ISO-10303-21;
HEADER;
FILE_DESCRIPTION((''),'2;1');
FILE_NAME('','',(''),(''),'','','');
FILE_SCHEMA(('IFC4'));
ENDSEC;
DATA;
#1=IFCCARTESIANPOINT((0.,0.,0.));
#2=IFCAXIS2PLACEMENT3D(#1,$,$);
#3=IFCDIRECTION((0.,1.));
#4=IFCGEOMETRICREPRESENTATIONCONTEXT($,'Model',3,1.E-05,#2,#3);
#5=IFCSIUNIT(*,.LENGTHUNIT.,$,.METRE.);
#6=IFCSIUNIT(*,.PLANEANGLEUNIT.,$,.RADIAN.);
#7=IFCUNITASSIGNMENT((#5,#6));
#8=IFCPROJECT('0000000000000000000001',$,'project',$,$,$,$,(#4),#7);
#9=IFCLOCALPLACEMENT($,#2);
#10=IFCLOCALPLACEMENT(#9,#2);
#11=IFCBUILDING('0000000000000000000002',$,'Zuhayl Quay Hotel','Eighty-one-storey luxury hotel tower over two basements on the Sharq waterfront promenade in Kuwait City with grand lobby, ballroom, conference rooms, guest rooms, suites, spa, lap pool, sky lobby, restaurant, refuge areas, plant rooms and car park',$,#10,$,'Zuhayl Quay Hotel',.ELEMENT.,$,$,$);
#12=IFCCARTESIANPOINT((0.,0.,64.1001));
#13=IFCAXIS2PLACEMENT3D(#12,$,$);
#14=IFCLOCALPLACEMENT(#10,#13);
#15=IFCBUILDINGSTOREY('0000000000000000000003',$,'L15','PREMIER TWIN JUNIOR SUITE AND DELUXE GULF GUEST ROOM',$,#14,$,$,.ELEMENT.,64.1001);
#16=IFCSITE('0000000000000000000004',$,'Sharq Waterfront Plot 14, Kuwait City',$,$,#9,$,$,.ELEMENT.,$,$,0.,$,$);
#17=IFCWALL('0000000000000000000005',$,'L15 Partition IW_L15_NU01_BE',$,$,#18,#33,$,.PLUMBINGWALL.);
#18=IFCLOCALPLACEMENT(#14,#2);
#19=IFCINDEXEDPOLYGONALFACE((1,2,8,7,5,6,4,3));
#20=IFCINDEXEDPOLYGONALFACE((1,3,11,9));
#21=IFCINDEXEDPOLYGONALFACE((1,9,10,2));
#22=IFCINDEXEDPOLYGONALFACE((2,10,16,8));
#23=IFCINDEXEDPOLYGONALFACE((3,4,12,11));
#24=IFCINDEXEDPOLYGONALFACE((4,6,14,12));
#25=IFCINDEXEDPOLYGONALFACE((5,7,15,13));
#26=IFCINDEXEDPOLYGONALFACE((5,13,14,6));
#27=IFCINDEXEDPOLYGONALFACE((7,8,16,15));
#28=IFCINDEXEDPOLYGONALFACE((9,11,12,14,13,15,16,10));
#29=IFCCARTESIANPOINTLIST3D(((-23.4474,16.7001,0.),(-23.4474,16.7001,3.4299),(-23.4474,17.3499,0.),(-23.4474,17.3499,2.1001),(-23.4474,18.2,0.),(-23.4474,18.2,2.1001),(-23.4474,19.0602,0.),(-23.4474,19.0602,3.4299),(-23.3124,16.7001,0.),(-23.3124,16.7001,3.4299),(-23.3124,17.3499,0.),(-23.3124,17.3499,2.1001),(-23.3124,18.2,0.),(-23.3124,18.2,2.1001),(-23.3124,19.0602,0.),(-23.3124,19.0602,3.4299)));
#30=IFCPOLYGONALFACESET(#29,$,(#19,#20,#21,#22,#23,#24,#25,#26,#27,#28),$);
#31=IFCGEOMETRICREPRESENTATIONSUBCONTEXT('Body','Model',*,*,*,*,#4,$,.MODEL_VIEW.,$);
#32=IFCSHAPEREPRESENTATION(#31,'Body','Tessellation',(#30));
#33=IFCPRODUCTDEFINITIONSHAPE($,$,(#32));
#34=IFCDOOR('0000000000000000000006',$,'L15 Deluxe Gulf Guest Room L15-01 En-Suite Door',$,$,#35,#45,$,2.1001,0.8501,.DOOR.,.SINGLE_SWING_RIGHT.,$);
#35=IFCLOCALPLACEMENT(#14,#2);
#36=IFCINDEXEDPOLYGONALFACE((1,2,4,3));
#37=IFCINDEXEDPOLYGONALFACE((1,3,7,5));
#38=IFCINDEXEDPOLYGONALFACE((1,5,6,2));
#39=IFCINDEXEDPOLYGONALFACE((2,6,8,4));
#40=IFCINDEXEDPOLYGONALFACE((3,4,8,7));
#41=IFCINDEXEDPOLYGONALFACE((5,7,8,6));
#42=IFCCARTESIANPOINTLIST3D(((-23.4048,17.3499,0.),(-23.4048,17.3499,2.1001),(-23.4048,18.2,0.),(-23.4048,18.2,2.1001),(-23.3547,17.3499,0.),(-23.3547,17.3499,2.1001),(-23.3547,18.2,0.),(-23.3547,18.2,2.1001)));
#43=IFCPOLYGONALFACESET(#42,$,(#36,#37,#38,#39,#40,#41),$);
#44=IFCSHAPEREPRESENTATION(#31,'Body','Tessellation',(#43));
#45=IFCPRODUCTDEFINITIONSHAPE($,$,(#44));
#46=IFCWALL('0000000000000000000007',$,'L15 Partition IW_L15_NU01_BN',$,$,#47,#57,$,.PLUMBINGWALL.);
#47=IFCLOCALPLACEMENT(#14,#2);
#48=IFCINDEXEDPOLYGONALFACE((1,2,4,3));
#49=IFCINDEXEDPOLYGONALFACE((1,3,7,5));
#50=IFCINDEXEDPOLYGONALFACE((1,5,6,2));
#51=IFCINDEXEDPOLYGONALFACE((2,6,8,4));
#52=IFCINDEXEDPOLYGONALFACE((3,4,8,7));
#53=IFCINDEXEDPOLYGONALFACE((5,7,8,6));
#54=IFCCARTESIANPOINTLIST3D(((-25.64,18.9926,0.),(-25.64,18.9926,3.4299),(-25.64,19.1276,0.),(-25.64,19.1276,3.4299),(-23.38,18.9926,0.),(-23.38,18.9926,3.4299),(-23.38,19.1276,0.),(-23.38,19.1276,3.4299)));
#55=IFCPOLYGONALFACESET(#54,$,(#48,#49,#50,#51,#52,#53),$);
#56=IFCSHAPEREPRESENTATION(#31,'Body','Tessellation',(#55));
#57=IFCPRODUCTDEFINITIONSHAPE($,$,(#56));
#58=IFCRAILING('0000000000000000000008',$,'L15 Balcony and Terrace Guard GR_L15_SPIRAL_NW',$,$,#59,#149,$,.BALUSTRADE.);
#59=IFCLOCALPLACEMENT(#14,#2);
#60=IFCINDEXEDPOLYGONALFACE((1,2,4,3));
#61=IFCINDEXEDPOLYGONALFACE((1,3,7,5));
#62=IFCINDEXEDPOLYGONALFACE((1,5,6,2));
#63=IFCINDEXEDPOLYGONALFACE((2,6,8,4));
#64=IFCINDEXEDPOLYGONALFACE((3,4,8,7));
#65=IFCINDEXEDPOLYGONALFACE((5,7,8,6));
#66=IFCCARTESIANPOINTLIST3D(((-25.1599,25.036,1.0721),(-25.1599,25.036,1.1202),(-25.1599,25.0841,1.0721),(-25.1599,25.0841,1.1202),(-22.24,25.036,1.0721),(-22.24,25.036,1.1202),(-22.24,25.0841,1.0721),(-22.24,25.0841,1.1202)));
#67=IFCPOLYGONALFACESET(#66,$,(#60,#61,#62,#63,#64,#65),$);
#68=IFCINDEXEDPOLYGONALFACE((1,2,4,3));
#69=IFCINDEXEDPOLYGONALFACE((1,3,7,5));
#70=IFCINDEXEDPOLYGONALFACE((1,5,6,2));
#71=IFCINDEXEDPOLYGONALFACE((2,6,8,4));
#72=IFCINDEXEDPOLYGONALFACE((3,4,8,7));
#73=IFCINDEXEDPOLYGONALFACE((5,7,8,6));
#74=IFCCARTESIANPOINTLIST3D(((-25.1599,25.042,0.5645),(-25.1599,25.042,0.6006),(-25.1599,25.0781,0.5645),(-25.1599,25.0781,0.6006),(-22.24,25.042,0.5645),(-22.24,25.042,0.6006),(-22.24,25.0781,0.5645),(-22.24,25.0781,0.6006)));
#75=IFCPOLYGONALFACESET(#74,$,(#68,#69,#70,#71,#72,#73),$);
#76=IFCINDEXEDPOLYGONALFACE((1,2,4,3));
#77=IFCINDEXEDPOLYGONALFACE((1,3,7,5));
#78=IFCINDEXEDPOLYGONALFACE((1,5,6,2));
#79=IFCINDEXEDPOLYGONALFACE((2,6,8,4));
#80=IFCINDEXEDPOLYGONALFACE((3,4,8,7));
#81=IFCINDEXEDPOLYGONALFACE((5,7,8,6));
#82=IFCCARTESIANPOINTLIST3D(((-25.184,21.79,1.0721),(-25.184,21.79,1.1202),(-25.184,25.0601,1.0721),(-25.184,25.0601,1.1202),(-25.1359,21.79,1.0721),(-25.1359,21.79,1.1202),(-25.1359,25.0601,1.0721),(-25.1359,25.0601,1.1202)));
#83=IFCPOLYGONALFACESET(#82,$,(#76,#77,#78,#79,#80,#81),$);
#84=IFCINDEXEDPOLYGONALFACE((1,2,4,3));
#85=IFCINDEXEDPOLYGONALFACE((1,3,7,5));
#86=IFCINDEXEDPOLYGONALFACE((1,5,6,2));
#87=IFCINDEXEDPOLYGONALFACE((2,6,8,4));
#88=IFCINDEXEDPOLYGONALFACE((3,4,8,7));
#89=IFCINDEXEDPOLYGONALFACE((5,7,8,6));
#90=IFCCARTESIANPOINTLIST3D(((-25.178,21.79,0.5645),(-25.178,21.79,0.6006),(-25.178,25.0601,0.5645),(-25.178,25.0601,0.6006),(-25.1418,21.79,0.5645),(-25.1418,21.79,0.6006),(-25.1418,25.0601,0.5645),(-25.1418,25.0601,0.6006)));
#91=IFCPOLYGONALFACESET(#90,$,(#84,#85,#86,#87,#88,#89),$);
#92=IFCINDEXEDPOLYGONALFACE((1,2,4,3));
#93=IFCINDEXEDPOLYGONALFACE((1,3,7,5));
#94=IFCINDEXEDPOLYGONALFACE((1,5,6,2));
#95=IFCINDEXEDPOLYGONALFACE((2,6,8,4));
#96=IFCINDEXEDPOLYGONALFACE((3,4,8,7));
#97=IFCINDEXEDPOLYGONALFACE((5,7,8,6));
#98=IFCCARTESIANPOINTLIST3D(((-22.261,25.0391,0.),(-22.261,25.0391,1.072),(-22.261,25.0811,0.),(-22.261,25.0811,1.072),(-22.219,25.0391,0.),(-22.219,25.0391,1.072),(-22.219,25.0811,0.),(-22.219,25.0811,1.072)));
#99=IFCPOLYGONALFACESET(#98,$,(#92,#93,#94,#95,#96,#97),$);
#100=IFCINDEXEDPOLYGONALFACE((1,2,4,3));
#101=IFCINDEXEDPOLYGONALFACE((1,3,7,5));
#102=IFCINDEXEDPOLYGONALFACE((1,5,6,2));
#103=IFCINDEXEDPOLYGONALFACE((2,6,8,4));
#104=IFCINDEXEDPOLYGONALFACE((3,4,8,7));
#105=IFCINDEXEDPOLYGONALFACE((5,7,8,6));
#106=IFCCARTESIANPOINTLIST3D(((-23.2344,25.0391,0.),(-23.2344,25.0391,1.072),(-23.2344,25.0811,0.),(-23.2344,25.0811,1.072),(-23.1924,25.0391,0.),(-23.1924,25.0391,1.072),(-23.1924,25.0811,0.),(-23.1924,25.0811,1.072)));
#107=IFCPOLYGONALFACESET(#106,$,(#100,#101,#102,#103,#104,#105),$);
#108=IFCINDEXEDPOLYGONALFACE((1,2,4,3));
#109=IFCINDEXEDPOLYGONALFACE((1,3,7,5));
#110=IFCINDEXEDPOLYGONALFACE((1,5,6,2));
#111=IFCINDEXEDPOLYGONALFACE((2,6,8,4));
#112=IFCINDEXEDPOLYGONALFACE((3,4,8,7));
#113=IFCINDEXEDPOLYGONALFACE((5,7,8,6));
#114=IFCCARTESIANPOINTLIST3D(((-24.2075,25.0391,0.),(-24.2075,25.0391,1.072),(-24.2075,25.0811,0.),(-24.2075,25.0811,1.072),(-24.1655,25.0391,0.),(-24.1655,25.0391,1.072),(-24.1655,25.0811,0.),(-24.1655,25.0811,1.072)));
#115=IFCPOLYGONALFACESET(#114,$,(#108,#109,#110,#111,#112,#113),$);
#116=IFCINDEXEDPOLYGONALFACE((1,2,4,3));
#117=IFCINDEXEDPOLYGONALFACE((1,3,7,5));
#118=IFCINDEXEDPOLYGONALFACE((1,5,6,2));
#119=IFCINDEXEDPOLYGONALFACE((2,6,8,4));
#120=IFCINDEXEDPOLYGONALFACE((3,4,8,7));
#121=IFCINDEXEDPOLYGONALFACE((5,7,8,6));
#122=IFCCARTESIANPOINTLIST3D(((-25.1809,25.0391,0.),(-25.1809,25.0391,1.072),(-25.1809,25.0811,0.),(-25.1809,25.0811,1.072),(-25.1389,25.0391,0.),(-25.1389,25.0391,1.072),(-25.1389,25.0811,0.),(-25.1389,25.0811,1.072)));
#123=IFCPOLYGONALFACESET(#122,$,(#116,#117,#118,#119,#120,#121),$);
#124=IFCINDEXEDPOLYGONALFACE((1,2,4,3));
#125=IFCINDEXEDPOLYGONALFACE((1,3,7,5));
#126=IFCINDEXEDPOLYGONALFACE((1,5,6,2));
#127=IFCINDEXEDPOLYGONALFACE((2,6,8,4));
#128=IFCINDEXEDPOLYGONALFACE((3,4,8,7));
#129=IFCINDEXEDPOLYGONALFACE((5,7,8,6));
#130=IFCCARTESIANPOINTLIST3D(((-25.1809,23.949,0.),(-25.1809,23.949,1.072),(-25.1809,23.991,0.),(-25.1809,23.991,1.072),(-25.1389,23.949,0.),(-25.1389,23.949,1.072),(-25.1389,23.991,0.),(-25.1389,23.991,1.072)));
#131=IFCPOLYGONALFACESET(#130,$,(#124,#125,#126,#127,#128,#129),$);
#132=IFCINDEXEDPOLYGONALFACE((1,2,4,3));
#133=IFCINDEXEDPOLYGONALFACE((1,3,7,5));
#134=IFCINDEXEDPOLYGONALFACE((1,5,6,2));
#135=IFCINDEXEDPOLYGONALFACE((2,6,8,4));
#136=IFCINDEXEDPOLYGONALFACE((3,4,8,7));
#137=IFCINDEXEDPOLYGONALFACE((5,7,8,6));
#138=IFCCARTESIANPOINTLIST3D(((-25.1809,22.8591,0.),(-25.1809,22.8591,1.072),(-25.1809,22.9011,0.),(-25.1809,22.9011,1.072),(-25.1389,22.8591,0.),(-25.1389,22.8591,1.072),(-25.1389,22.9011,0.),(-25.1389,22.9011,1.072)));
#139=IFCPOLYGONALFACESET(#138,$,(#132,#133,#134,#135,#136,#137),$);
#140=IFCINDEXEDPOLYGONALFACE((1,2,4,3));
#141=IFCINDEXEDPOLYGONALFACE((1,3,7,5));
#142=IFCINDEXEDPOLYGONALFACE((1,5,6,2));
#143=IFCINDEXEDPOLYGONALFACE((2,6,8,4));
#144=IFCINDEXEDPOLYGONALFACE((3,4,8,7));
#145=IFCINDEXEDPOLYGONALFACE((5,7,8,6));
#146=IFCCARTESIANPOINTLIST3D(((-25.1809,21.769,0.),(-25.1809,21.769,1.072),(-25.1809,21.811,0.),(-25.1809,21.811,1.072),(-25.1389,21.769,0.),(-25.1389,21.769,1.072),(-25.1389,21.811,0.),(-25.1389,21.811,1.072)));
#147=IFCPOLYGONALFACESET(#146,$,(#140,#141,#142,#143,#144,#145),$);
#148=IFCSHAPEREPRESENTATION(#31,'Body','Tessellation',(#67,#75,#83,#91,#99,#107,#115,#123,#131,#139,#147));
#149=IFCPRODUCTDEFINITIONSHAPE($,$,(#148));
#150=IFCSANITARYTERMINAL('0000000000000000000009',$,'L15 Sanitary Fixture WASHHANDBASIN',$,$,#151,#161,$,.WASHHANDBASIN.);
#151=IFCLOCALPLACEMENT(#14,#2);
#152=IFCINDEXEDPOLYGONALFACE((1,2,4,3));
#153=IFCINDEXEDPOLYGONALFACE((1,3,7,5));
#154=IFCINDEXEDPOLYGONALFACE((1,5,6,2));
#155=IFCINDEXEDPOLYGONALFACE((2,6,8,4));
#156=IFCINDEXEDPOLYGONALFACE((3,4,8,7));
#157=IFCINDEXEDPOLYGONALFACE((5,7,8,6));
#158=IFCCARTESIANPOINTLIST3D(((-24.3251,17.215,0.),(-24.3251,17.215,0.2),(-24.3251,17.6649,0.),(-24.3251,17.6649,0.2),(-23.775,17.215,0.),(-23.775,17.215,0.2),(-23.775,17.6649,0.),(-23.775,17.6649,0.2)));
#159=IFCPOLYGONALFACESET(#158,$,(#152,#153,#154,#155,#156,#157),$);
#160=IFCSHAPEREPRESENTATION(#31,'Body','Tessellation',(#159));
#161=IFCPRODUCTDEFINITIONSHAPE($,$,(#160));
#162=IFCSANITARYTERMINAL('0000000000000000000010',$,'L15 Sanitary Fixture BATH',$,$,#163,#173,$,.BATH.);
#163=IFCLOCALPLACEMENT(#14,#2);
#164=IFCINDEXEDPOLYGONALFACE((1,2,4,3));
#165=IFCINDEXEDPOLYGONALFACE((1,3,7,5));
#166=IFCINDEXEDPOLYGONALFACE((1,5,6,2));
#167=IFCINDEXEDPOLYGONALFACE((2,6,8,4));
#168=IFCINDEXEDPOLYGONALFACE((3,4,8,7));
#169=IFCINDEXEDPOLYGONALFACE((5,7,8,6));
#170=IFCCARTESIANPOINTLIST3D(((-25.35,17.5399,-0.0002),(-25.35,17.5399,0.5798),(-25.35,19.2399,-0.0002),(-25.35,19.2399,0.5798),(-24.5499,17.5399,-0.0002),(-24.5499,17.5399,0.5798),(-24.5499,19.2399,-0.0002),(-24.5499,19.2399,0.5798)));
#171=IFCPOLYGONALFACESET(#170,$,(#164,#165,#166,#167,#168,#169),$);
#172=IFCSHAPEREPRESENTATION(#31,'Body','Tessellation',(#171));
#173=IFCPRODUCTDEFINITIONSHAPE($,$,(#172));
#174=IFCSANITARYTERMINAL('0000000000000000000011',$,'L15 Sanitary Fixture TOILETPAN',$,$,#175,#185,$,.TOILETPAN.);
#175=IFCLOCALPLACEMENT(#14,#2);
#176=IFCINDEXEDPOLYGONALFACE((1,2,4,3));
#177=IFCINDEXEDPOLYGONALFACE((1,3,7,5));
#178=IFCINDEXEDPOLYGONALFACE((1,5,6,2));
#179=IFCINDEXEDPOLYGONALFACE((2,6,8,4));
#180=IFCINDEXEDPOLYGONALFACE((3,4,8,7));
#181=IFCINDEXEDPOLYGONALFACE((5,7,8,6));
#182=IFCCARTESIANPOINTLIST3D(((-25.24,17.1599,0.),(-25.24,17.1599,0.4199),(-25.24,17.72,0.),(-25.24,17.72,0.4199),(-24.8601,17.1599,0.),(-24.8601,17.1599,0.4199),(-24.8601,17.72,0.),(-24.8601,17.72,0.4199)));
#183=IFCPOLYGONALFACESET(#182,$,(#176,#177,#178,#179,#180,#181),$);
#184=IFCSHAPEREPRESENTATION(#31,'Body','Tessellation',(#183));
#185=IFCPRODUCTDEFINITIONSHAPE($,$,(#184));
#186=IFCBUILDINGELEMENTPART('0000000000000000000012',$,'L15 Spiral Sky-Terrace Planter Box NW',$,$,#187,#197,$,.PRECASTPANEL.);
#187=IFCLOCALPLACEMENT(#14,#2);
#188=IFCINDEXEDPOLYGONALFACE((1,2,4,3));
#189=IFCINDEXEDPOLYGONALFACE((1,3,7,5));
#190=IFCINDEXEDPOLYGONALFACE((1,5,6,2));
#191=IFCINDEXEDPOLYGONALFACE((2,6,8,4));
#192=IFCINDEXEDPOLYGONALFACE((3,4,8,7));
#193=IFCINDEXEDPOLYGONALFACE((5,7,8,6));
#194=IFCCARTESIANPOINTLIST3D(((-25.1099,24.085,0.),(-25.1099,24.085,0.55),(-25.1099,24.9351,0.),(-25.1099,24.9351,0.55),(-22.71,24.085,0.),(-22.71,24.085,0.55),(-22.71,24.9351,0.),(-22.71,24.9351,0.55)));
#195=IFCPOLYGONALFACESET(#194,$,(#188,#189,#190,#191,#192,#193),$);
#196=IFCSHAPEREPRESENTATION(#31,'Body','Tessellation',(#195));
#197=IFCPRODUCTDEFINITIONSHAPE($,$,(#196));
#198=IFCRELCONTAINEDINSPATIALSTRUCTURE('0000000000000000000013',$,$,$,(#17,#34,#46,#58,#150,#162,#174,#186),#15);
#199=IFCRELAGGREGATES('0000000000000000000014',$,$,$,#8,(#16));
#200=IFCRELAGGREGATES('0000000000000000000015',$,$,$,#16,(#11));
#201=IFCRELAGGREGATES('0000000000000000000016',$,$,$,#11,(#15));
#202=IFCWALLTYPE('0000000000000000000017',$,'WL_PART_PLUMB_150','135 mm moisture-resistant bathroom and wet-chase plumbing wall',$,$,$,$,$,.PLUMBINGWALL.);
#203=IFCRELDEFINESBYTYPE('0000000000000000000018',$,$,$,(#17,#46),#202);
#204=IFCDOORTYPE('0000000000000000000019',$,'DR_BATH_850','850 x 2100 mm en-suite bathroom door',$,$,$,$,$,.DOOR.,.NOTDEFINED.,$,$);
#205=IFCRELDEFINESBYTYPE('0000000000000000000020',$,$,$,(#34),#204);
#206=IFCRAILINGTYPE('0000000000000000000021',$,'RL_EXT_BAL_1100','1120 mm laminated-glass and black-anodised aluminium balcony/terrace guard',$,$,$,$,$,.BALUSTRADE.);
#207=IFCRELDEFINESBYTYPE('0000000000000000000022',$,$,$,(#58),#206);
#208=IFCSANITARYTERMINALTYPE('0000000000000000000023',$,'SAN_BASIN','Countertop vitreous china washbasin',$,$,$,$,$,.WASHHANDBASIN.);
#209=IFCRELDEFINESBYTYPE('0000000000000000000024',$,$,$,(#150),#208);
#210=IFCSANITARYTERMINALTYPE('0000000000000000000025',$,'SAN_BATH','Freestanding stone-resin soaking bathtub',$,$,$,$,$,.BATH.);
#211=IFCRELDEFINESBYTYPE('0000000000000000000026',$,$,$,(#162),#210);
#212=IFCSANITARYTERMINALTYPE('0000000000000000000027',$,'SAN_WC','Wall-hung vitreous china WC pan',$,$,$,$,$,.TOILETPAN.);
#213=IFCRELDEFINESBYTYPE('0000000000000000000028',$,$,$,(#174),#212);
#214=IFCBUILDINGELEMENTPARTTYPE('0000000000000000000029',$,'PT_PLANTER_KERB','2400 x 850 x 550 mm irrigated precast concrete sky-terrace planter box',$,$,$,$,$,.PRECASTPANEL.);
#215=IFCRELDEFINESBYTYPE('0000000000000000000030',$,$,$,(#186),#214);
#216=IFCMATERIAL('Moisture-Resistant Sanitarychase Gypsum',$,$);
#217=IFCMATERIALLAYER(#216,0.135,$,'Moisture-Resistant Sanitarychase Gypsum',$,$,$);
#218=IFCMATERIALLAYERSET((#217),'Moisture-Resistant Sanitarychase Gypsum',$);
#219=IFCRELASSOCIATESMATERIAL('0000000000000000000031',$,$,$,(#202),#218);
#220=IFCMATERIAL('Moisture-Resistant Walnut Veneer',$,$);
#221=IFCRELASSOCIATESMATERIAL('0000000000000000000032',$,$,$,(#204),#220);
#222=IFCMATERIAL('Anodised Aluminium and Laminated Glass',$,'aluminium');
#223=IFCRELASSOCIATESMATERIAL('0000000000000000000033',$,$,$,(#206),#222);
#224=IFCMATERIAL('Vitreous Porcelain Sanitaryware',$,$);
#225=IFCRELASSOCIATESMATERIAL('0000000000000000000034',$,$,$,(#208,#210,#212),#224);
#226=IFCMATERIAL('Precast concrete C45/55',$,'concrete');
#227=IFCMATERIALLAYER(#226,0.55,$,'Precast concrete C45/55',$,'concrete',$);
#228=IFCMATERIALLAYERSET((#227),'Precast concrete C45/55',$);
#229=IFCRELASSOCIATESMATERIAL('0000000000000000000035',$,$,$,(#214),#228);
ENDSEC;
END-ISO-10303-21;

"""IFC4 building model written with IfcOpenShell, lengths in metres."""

from ifc_helpers import new_model, si_unit, direction, frame, frame_2d, origin, origin_2d, place, context, subcontext, project, spatial, rectangle, extrude, material, layer, layer_set, type_object, element, fill, save


model = new_model("IFC4")

# Units and contexts
model_context = context("Model", 3, precision=1e-05, world=origin(), true_north=direction((0.0, 1.0)))
body_context = subcontext(model_context, "Body", "Model", "MODEL_VIEW")
ifc_project = project(units=[si_unit("LENGTHUNIT", "METRE"), si_unit("PLANEANGLEUNIT", "RADIAN")], contexts=[model_context])

# Site, building, storey
site_placement = place(None, origin())
site = spatial("IfcSite", under=ifc_project, at=site_placement, Name="Sharq Waterfront Plot 14, Kuwait City", CompositionType="ELEMENT", RefElevation=0.0)
building_placement = place(site_placement, origin())
building = spatial("IfcBuilding", under=site, at=building_placement, Name="Zuhayl Quay Hotel", Description="Eighty-one-storey luxury hotel tower over two basements on the Sharq waterfront promenade in Kuwait City with grand lobby, ballroom, conference rooms, guest rooms, suites, spa, lap pool, sky lobby, restaurant, refuge areas, plant rooms and car park", LongName="Zuhayl Quay Hotel", CompositionType="ELEMENT")
storey_placement = place(building_placement, frame((0.0, 0.0, 64.1001)))
storey = spatial("IfcBuildingStorey", under=building, at=storey_placement, Name="L15", Description="PREMIER TWIN JUNIOR SUITE AND DELUXE GULF GUEST ROOM", CompositionType="ELEMENT", Elevation=64.1001)

# Shared definitions
ifc_material_1 = material(Name="Precast concrete C45/55", Category="concrete")

# Wall, opening, door
ifc_material_2 = material(Name="Moisture-Resistant Sanitarychase Gypsum")
ifc_layer_1 = layer(ifc_material_2, 0.135, Name="Moisture-Resistant Sanitarychase Gypsum")
ifc_layer_set_1 = layer_set([ifc_layer_1], Name="Moisture-Resistant Sanitarychase Gypsum")
wall_type_1 = type_object("IfcWallType", Name="WL_PART_PLUMB_150", Description="135 mm moisture-resistant bathroom and wet-chase plumbing wall", PredefinedType="PLUMBINGWALL", material=ifc_layer_set_1)
wall_1_placement = place(storey_placement, frame((-23.3799, 16.7, 0.0), z_axis=(0.0, 0.0, 1.0), x_axis=(0.0, 1.0, 0.0)))
wall_1 = element("IfcWall", 1, at=wall_1_placement, inside=storey, type_object=wall_type_1, Name="L15 Partition IW_L15_NU01_BE", PredefinedType="PLUMBINGWALL", context=body_context, shape_type="SweptSolid", body=[
    extrude(rectangle(XDim=2.3601, YDim=0.135, at=frame_2d((1.1802, 0.0))), origin(), (0.0, 0.0, 1.0), 3.4299),
])
opening_1_placement = place(wall_1_placement, frame((0.6499, 0.0, 0.0)))
opening_1 = element("IfcOpeningElement", 2, at=opening_1_placement, cuts=wall_1, PredefinedType="OPENING", context=body_context, shape_type="SweptSolid", body=[
    extrude(rectangle(XDim=0.8501, YDim=2.1001, at=frame_2d((0.425, 1.05))), frame((0.0, 0.0774, 0.0), z_axis=(0.0, -1.0, 0.0), x_axis=(1.0, 0.0, 0.0)), (0.0, 0.0, 1.0), 0.155),
])
ifc_material_3 = material(Name="Moisture-Resistant Walnut Veneer")
door_type_1 = type_object("IfcDoorType", Name="DR_BATH_850", Description="850 x 2100 mm en-suite bathroom door", OperationType="NOTDEFINED", PredefinedType="DOOR", material=ifc_material_3)
door_1_placement = place(opening_1_placement, origin())
door_1 = element("IfcDoor", 3, at=door_1_placement, inside=storey, type_object=door_type_1, Name="L15 Deluxe Gulf Guest Room L15-01 En-Suite Door", OperationType="SINGLE_SWING_RIGHT", OverallHeight=2.1001, OverallWidth=0.8501, PredefinedType="DOOR", context=body_context, shape_type="SweptSolid", body=[
    extrude(rectangle(XDim=0.8501, YDim=2.1001, at=frame_2d((0.425, 1.05))), frame((0.0, 0.0249, 0.0), z_axis=(0.0, -1.0, 0.0), x_axis=(1.0, 0.0, 0.0)), (0.0, 0.0, 1.0), 0.05),
])
fill(opening_1, door_1)

# Wall
wall_2_placement = place(storey_placement, frame((-25.6399, 19.0601, 0.0), z_axis=(0.0, 0.0, 1.0), x_axis=(1.0, 0.0, 0.0)))
element("IfcWall", 4, at=wall_2_placement, inside=storey, type_object=wall_type_1, Name="L15 Partition IW_L15_NU01_BN", PredefinedType="PLUMBINGWALL", context=body_context, shape_type="SweptSolid", body=[
    extrude(rectangle(XDim=2.26, YDim=0.135, at=frame_2d((1.1299, 0.0))), origin(), (0.0, 0.0, 1.0), 3.4299),
])

# Railing
ifc_material_4 = material(Name="Anodised Aluminium and Laminated Glass", Category="aluminium")
railing_type = type_object("IfcRailingType", Name="RL_EXT_BAL_1100", Description="1120 mm laminated-glass and black-anodised aluminium balcony/terrace guard", PredefinedType="BALUSTRADE", material=ifc_material_4)
railing_1_placement = place(storey_placement, frame((-22.24, 25.0601, 0.0)))
element("IfcRailing", 5, at=railing_1_placement, inside=storey, type_object=railing_type, Name="L15 Balcony and Terrace Guard GR_L15_SPIRAL_NW", PredefinedType="BALUSTRADE", context=body_context, shape_type="SweptSolid", body=[
    extrude(rectangle(XDim=0.0481, YDim=0.0481, at=origin_2d()), frame((0.0, 0.0, 1.0962), z_axis=(-1.0, 0.0, 0.0), x_axis=(0.0, -1.0, 0.0)), (0.0, 0.0, 1.0), 2.9199),
    extrude(rectangle(XDim=0.0361, YDim=0.0361, at=origin_2d()), frame((0.0, 0.0, 0.5825), z_axis=(-1.0, 0.0, 0.0), x_axis=(0.0, -1.0, 0.0)), (0.0, 0.0, 1.0), 2.9199),
    extrude(rectangle(XDim=0.0481, YDim=0.0481, at=origin_2d()), frame((-2.9199, 0.0, 1.0962), z_axis=(0.0, -1.0, 0.0), x_axis=(1.0, 0.0, 0.0)), (0.0, 0.0, 1.0), 3.27),
    extrude(rectangle(XDim=0.0361, YDim=0.0361, at=origin_2d()), frame((-2.9199, 0.0, 0.5825), z_axis=(0.0, -1.0, 0.0), x_axis=(1.0, 0.0, 0.0)), (0.0, 0.0, 1.0), 3.27),
    extrude(rectangle(XDim=0.042, YDim=0.042, at=origin_2d()), origin(), (0.0, 0.0, 1.0), 1.072),
    extrude(rectangle(XDim=0.042, YDim=0.042, at=origin_2d()), frame((-0.9734, 0.0, 0.0)), (0.0, 0.0, 1.0), 1.072),
    extrude(rectangle(XDim=0.042, YDim=0.042, at=origin_2d()), frame((-1.9465, 0.0, 0.0)), (0.0, 0.0, 1.0), 1.072),
    extrude(rectangle(XDim=0.042, YDim=0.042, at=origin_2d()), frame((-2.9199, 0.0, 0.0)), (0.0, 0.0, 1.0), 1.072),
    extrude(rectangle(XDim=0.042, YDim=0.042, at=origin_2d()), frame((-2.9199, -1.0901, 0.0)), (0.0, 0.0, 1.0), 1.072),
    extrude(rectangle(XDim=0.042, YDim=0.042, at=origin_2d()), frame((-2.9199, -2.1799, 0.0)), (0.0, 0.0, 1.0), 1.072),
    extrude(rectangle(XDim=0.042, YDim=0.042, at=origin_2d()), frame((-2.9199, -3.27, 0.0)), (0.0, 0.0, 1.0), 1.072),
])

# Sanitary terminals
ifc_material_5 = material(Name="Vitreous Porcelain Sanitaryware")
sanitary_terminal_type_1 = type_object("IfcSanitaryTerminalType", Name="SAN_BASIN", Description="Countertop vitreous china washbasin", PredefinedType="WASHHANDBASIN", material=ifc_material_5)
sanitary_terminal_1_placement = place(storey_placement, frame((-24.05, 17.4399, 0.0), z_axis=(0.0, 0.0, 1.0), x_axis=(1.0, 0.0, 0.0)))
element("IfcSanitaryTerminal", 6, at=sanitary_terminal_1_placement, inside=storey, type_object=sanitary_terminal_type_1, Name="L15 Sanitary Fixture WASHHANDBASIN", PredefinedType="WASHHANDBASIN", context=body_context, shape_type="SweptSolid", body=[
    extrude(rectangle(XDim=0.55, YDim=0.45, at=origin_2d()), origin(), (0.0, 0.0, 1.0), 0.2),
])
sanitary_terminal_type_2 = type_object("IfcSanitaryTerminalType", Name="SAN_BATH", Description="Freestanding stone-resin soaking bathtub", PredefinedType="BATH", material=ifc_material_5)
sanitary_terminal_2_placement = place(storey_placement, frame((-24.95, 18.3899, -0.0002), z_axis=(0.0, 0.0, 1.0), x_axis=(1.0, 0.0, 0.0)))
element("IfcSanitaryTerminal", 7, at=sanitary_terminal_2_placement, inside=storey, type_object=sanitary_terminal_type_2, Name="L15 Sanitary Fixture BATH", PredefinedType="BATH", context=body_context, shape_type="SweptSolid", body=[
    extrude(rectangle(XDim=0.8, YDim=1.7, at=origin_2d()), origin(), (0.0, 0.0, 1.0), 0.5801),
])
sanitary_terminal_type_3 = type_object("IfcSanitaryTerminalType", Name="SAN_WC", Description="Wall-hung vitreous china WC pan", PredefinedType="TOILETPAN", material=ifc_material_5)
sanitary_terminal_3_placement = place(storey_placement, frame((-25.05, 17.4399, 0.0), z_axis=(0.0, 0.0, 1.0), x_axis=(1.0, 0.0, 0.0)))
element("IfcSanitaryTerminal", 8, at=sanitary_terminal_3_placement, inside=storey, type_object=sanitary_terminal_type_3, Name="L15 Sanitary Fixture TOILETPAN", PredefinedType="TOILETPAN", context=body_context, shape_type="SweptSolid", body=[
    extrude(rectangle(XDim=0.3799, YDim=0.5601, at=origin_2d()), origin(), (0.0, 0.0, 1.0), 0.4199),
])

# Building element part
ifc_layer_2 = layer(ifc_material_1, 0.55, Name="Precast concrete C45/55", Category="concrete")
ifc_layer_set_2 = layer_set([ifc_layer_2], Name="Precast concrete C45/55")
building_element_part_type = type_object("IfcBuildingElementPartType", Name="PT_PLANTER_KERB", Description="2400 x 850 x 550 mm irrigated precast concrete sky-terrace planter box", PredefinedType="PRECASTPANEL", material=ifc_layer_set_2)
building_element_part_placement = place(storey_placement, frame((-23.9099, 24.51, 0.0), z_axis=(0.0, 0.0, 1.0), x_axis=(1.0, 0.0, 0.0)))
element("IfcBuildingElementPart", 9, at=building_element_part_placement, inside=storey, type_object=building_element_part_type, Name="L15 Spiral Sky-Terrace Planter Box NW", PredefinedType="PRECASTPANEL", context=body_context, shape_type="SweptSolid", body=[
    extrude(rectangle(XDim=2.3999, YDim=0.8501, at=origin_2d()), origin(), (0.0, 0.0, 1.0), 0.55),
])

save(model, "model.ifc")
